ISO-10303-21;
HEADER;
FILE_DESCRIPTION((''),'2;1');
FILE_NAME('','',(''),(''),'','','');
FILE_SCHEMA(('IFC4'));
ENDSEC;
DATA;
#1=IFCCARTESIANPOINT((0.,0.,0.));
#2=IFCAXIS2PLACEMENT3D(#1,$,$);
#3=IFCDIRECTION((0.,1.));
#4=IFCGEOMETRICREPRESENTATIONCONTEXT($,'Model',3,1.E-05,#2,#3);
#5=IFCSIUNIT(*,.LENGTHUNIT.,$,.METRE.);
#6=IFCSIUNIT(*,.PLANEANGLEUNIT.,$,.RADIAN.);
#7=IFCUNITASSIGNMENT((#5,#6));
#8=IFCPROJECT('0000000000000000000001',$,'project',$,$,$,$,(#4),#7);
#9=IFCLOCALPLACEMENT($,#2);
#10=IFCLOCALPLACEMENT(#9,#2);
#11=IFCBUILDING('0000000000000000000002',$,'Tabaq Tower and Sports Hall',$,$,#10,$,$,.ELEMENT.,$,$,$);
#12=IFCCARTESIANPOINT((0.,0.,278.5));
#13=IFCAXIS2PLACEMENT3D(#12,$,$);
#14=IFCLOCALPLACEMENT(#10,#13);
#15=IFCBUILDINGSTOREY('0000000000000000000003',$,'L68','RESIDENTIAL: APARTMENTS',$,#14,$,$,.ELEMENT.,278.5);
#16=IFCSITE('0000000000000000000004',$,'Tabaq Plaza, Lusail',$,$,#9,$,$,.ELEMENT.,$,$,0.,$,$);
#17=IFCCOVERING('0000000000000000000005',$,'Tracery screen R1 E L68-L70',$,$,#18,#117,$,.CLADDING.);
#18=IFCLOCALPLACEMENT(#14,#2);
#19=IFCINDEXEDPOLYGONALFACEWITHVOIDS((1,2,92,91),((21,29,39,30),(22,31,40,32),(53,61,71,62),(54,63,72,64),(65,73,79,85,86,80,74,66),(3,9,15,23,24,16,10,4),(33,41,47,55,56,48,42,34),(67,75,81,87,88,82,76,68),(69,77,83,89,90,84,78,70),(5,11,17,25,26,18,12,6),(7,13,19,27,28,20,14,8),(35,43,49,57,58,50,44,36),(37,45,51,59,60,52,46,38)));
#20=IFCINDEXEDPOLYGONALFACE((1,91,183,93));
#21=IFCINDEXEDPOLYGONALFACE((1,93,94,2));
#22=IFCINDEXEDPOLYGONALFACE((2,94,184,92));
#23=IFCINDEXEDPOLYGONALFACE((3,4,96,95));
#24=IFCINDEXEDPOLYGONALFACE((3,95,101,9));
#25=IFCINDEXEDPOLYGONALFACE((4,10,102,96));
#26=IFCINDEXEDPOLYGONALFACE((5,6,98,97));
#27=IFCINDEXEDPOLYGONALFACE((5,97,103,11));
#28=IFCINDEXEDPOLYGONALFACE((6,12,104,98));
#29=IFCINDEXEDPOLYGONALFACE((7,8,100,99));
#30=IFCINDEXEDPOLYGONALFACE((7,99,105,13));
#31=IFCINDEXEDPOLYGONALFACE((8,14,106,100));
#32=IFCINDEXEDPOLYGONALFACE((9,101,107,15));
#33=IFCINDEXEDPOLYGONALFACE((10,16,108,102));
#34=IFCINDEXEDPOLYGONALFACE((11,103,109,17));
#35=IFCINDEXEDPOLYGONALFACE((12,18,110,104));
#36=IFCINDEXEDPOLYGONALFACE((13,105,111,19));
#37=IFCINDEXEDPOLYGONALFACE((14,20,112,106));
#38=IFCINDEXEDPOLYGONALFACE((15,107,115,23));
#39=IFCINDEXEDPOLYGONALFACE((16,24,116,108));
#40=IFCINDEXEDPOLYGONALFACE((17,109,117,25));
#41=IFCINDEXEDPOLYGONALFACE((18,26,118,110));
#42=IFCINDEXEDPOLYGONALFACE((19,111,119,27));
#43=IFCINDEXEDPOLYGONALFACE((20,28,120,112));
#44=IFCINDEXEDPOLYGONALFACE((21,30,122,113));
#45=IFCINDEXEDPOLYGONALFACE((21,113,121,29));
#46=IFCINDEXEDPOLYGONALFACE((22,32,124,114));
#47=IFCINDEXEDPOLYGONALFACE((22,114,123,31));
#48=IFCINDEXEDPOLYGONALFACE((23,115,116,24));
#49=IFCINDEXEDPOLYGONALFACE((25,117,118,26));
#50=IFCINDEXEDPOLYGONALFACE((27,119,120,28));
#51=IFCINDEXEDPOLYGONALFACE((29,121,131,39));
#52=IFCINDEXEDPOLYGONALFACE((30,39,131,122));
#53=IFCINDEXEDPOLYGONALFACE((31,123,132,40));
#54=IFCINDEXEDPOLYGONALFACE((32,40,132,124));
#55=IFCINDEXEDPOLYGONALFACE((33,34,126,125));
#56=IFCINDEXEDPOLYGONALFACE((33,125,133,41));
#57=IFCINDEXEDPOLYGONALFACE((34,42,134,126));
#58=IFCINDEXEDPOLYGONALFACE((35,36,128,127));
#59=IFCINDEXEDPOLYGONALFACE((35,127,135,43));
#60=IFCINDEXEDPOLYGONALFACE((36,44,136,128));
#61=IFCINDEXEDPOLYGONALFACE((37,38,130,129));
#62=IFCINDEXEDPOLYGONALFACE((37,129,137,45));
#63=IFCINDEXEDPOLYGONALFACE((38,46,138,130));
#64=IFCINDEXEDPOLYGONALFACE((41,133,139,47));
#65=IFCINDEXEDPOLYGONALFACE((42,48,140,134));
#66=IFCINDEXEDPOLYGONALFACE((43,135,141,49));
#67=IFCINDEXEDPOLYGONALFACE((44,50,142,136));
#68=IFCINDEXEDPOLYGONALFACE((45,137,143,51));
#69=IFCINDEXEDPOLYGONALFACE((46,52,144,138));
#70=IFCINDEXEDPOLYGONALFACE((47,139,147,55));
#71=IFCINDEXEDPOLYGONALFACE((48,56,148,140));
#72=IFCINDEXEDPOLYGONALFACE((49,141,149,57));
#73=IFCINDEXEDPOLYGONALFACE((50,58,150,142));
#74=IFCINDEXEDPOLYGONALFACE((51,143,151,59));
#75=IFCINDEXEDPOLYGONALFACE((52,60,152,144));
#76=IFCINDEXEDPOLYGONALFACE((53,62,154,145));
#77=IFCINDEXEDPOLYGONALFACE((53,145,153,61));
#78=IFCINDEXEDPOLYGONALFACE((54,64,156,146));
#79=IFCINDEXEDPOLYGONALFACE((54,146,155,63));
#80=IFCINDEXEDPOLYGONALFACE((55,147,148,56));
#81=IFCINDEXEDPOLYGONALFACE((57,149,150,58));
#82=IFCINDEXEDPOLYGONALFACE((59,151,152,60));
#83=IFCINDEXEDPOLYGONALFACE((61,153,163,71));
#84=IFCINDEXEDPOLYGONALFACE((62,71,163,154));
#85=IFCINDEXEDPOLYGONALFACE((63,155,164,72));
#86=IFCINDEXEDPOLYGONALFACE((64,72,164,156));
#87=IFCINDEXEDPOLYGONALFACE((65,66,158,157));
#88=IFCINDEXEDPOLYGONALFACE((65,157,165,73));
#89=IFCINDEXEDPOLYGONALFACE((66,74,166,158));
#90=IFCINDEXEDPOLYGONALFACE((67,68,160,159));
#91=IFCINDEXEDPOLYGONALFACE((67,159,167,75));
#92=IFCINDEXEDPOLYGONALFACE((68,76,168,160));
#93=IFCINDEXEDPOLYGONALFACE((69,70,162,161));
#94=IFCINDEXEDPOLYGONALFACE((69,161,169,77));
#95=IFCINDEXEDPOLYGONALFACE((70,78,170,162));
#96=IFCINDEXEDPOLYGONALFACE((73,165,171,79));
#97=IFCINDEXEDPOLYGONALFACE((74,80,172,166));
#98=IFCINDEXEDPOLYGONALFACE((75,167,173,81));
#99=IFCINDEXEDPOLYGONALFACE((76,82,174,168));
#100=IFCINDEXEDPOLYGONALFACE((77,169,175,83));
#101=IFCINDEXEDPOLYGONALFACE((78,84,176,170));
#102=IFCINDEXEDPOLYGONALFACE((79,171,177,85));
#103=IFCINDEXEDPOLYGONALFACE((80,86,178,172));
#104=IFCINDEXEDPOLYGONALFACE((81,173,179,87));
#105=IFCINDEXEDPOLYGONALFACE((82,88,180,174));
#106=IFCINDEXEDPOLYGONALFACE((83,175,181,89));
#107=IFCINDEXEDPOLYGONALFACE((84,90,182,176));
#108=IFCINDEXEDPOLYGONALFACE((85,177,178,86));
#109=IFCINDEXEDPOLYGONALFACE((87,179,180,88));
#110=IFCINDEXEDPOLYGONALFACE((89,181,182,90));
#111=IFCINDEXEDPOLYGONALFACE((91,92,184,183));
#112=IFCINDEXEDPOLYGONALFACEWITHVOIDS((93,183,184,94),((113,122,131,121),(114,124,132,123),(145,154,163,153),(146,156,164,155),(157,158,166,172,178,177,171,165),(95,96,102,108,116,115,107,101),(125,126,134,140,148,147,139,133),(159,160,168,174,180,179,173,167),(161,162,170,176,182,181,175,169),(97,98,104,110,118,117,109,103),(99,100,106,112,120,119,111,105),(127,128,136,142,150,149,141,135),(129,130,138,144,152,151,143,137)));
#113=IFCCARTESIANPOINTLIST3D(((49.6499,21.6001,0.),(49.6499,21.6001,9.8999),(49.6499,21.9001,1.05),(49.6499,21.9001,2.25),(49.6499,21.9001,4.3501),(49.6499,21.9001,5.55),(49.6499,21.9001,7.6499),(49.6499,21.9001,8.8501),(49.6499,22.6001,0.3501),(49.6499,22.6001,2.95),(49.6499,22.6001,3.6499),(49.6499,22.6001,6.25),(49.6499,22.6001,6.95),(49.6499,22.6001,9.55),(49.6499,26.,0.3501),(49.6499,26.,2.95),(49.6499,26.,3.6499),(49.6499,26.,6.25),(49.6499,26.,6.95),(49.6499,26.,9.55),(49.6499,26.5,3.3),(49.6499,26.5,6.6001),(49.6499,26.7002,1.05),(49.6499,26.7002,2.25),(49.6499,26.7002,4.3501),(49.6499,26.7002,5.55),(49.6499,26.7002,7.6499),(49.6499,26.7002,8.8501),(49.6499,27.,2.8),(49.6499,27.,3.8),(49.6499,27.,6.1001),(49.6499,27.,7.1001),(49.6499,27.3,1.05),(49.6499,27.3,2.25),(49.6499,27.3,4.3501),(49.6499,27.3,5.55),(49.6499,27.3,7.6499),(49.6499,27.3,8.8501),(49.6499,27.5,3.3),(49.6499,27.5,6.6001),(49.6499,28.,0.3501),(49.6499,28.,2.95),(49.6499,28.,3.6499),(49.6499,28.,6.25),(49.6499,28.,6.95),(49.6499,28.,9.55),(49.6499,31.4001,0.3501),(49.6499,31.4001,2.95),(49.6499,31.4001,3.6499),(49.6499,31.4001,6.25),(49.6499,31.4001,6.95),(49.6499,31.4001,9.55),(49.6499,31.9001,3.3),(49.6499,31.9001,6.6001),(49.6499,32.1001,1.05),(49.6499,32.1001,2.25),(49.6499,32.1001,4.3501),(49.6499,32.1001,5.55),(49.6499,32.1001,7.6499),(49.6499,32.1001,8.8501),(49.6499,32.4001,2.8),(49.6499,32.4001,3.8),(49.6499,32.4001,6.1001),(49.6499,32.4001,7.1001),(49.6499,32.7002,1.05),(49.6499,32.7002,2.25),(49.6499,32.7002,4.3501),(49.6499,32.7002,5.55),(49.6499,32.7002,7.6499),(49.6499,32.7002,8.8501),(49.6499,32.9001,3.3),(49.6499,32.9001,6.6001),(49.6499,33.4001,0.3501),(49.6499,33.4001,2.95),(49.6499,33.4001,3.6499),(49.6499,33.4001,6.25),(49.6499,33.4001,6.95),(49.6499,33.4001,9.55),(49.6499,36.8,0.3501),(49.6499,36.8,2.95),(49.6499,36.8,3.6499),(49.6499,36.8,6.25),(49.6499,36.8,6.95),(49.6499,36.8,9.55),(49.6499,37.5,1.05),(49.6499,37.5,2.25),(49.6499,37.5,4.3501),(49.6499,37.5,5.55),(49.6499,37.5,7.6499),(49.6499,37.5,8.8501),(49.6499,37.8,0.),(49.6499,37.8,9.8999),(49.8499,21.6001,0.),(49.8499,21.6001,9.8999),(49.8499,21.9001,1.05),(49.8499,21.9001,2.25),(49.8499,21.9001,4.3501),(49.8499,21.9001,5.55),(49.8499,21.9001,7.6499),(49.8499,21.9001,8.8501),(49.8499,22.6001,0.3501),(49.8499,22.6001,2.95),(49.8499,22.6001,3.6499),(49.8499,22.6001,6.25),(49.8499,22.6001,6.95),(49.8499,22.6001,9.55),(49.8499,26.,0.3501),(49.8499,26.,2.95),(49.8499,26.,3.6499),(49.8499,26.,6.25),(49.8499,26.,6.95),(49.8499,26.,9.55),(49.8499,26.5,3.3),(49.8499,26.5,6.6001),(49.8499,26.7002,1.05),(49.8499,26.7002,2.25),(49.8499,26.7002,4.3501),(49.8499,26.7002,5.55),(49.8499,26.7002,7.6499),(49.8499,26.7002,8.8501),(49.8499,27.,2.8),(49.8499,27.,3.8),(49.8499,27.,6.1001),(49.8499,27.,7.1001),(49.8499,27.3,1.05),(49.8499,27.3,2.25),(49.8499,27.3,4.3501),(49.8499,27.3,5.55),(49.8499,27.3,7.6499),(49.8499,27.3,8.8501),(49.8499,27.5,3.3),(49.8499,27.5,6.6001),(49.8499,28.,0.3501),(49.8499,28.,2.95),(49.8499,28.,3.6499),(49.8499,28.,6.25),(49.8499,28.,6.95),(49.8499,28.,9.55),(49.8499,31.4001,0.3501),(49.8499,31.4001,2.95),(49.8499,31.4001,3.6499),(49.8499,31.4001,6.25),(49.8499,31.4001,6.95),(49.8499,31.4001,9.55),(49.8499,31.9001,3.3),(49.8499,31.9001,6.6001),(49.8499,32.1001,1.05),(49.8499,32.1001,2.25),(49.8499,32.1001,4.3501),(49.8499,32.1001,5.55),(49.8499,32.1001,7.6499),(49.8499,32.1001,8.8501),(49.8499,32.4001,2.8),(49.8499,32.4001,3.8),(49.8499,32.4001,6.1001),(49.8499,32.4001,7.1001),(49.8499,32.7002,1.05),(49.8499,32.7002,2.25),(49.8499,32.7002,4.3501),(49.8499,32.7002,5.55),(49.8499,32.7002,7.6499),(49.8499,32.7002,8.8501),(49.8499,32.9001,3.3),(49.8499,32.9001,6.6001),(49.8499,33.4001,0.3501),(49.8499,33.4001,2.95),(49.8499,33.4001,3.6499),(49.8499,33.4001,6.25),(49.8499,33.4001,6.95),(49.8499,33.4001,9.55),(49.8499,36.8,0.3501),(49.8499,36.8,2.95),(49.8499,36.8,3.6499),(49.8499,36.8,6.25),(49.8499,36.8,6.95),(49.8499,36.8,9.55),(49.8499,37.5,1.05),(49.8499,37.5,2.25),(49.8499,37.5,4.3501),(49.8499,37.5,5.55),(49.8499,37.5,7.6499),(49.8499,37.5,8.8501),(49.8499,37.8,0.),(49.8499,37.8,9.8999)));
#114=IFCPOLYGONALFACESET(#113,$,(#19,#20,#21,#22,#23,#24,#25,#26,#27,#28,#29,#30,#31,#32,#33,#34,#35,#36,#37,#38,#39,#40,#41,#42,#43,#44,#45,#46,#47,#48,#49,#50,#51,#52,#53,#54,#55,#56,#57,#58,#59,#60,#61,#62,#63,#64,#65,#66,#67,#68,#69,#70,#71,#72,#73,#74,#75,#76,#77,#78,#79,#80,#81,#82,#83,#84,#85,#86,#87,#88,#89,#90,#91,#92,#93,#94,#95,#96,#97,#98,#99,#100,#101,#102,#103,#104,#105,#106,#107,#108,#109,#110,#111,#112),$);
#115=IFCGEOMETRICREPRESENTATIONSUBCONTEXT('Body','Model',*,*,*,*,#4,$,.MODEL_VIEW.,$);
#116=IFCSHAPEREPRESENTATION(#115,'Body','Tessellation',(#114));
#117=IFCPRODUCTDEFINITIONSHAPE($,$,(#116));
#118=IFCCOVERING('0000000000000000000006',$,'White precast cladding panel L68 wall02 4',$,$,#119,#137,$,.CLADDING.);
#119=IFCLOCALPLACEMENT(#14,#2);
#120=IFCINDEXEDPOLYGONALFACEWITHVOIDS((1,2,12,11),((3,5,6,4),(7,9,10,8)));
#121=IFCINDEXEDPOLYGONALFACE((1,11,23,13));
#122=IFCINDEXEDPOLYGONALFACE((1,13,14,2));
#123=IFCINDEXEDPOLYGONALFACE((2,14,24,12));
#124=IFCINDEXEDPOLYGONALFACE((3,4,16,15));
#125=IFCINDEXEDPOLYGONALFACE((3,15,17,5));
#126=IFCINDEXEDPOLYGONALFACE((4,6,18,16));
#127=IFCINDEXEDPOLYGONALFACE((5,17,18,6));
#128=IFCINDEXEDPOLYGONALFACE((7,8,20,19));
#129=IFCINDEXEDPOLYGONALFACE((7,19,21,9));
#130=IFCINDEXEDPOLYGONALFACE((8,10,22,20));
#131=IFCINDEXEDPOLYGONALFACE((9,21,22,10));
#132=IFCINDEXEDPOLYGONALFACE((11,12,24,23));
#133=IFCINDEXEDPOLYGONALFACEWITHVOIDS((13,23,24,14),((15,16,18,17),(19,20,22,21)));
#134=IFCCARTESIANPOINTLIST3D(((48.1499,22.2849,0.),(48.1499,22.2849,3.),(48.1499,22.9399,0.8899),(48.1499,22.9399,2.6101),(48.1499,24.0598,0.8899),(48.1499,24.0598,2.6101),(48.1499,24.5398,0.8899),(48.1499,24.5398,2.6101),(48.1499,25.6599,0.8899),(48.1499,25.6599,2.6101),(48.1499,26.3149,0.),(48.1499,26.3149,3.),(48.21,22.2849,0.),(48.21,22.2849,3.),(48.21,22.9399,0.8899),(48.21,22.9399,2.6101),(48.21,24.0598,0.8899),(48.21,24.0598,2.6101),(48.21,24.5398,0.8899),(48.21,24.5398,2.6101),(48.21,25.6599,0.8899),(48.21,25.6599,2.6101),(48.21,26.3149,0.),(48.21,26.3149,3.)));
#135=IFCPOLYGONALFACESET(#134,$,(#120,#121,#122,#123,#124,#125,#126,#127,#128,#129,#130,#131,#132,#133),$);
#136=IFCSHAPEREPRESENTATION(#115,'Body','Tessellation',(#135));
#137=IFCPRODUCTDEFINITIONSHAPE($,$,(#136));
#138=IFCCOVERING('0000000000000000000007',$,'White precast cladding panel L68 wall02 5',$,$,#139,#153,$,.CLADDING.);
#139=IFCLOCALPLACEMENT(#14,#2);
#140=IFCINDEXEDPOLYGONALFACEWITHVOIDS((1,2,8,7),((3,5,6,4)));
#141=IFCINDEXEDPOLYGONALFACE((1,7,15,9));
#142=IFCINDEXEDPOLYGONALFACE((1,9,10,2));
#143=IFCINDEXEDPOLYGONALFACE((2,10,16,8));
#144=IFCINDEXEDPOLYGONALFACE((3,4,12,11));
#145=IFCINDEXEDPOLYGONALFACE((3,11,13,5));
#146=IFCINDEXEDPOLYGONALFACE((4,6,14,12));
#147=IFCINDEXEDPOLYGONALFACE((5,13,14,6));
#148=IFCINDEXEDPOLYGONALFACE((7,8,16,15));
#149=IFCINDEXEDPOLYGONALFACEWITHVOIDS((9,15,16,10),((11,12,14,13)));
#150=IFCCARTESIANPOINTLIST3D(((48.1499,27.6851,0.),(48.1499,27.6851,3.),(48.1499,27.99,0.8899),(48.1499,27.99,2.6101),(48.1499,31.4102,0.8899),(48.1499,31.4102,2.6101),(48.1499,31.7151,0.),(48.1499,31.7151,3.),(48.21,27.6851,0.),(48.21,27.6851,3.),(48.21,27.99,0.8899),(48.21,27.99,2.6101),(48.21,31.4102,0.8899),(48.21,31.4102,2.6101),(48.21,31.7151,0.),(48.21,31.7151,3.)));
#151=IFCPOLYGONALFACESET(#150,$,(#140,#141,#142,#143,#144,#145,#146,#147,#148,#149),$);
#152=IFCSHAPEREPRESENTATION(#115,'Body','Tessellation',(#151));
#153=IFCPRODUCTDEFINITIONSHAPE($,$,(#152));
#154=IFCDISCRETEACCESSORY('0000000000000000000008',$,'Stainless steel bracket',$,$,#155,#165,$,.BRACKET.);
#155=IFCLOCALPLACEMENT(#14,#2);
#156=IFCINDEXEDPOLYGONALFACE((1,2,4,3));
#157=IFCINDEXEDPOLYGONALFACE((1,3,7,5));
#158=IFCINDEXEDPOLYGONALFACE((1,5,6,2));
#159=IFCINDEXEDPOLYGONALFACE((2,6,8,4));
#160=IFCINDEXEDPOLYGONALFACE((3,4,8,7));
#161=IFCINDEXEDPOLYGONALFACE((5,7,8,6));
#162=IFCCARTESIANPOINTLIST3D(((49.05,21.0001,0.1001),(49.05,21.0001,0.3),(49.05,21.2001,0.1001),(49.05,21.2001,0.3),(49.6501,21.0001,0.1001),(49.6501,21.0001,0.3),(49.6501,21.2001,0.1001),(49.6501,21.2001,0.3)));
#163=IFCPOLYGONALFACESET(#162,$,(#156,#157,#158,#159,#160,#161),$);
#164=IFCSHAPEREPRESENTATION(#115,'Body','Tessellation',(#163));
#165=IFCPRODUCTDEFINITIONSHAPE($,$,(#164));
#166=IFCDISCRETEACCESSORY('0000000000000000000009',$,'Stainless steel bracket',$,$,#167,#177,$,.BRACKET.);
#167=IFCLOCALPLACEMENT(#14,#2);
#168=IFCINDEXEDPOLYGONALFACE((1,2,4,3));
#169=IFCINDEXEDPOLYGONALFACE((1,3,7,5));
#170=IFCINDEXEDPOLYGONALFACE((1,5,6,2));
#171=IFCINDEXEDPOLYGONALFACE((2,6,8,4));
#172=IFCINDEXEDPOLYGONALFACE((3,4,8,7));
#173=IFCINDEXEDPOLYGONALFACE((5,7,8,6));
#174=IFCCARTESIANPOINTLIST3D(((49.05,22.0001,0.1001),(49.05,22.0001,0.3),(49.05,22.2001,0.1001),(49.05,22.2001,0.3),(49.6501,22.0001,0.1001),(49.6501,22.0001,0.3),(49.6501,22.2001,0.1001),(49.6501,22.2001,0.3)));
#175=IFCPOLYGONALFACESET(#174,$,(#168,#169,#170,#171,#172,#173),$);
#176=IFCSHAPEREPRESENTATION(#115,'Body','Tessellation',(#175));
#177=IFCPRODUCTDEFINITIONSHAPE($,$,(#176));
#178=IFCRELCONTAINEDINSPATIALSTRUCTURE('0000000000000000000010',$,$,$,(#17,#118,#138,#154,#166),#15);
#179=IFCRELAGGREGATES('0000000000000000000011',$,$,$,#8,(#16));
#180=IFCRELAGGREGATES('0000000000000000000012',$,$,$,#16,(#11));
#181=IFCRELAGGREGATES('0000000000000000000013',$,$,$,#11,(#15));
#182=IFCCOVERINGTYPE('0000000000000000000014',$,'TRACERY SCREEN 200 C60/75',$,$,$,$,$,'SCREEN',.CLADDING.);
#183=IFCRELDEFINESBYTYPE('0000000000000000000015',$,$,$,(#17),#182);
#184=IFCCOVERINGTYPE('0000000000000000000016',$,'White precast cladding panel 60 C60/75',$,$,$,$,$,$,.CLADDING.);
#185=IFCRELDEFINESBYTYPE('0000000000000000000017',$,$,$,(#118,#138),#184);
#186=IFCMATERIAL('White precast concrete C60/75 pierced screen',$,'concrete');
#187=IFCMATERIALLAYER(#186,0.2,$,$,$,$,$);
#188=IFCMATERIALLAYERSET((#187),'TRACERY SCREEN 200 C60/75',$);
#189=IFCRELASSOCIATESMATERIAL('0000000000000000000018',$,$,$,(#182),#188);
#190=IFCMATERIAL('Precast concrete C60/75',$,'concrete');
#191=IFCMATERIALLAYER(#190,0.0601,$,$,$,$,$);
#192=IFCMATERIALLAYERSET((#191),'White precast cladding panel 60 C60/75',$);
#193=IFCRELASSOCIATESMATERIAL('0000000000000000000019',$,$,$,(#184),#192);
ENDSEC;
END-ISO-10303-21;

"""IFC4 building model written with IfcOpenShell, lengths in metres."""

from ifc_helpers import new_model, si_unit, direction, frame, origin, origin_2d, place, context, subcontext, project, spatial, polyline, rectangle, outline, extrude, material, layer, layer_set, type_object, element, save


model = new_model("IFC4")

# Units and contexts
model_context = context("Model", 3, precision=1e-05, world=origin(), true_north=direction((0.0, 1.0)))
body_context = subcontext(model_context, "Body", "Model", "MODEL_VIEW")
ifc_project = project(units=[si_unit("LENGTHUNIT", "METRE"), si_unit("PLANEANGLEUNIT", "RADIAN")], contexts=[model_context])

# Site, building, storey
site_placement = place(None, origin())
site = spatial("IfcSite", under=ifc_project, at=site_placement, Name="Tabaq Plaza, Lusail", CompositionType="ELEMENT", RefElevation=0.0)
building_placement = place(site_placement, origin())
building = spatial("IfcBuilding", under=site, at=building_placement, Name="Tabaq Tower and Sports Hall", CompositionType="ELEMENT")
storey_placement = place(building_placement, frame((0.0, 0.0, 278.5)))
storey = spatial("IfcBuildingStorey", under=building, at=storey_placement, Name="L68", Description="RESIDENTIAL: APARTMENTS", CompositionType="ELEMENT", Elevation=278.5)

# Coverings
ifc_material_1 = material(Name="White precast concrete C60/75 pierced screen", Category="concrete")
ifc_layer_1 = layer(ifc_material_1, 0.2)
ifc_layer_set_1 = layer_set([ifc_layer_1], Name="TRACERY SCREEN 200 C60/75")
covering_type_1 = type_object("IfcCoveringType", Name="TRACERY SCREEN 200 C60/75", ElementType="SCREEN", PredefinedType="CLADDING", material=ifc_layer_set_1)
covering_1_placement = place(storey_placement, frame((49.75, 21.6001, 0.0), z_axis=(0.0, 0.0, 1.0), x_axis=(0.0, 1.0, 0.0)))
element("IfcCovering", 1, at=covering_1_placement, inside=storey, type_object=covering_type_1, Name="Tracery screen R1 E L68-L70", PredefinedType="CLADDING", context=body_context, shape_type="SweptSolid", body=[
    extrude(outline(polyline([(0.0, 0.0), (16.2, 0.0), (16.2, 9.8999), (0.0, 9.8999), (0.0, 0.0)]), holes=[polyline([(1.0, 0.3501), (4.3999, 0.3501), (5.1001, 1.05), (5.1001, 2.25), (4.3999, 2.95), (1.0, 2.95), (0.3, 2.25), (0.3, 1.05), (1.0, 0.3501)]), polyline([(6.3999, 0.3501), (9.8, 0.3501), (10.5, 1.05), (10.5, 2.25), (9.8, 2.95), (6.3999, 2.95), (5.7, 2.25), (5.7, 1.05), (6.3999, 0.3501)]), polyline([(11.8, 0.3501), (15.2, 0.3501), (15.8999, 1.05), (15.8999, 2.25), (15.2, 2.95), (11.8, 2.95), (11.1001, 2.25), (11.1001, 1.05), (11.8, 0.3501)]), polyline([(1.0, 3.6499), (4.3999, 3.6499), (5.1001, 4.3501), (5.1001, 5.55), (4.3999, 6.25), (1.0, 6.25), (0.3, 5.55), (0.3, 4.3501), (1.0, 3.6499)]), polyline([(6.3999, 3.6499), (9.8, 3.6499), (10.5, 4.3501), (10.5, 5.55), (9.8, 6.25), (6.3999, 6.25), (5.7, 5.55), (5.7, 4.3501), (6.3999, 3.6499)]), polyline([(11.8, 3.6499), (15.2, 3.6499), (15.8999, 4.3501), (15.8999, 5.55), (15.2, 6.25), (11.8, 6.25), (11.1001, 5.55), (11.1001, 4.3501), (11.8, 3.6499)]), polyline([(1.0, 6.95), (4.3999, 6.95), (5.1001, 7.6499), (5.1001, 8.8501), (4.3999, 9.55), (1.0, 9.55), (0.3, 8.8501), (0.3, 7.6499), (1.0, 6.95)]), polyline([(6.3999, 6.95), (9.8, 6.95), (10.5, 7.6499), (10.5, 8.8501), (9.8, 9.55), (6.3999, 9.55), (5.7, 8.8501), (5.7, 7.6499), (6.3999, 6.95)]), polyline([(11.8, 6.95), (15.2, 6.95), (15.8999, 7.6499), (15.8999, 8.8501), (15.2, 9.55), (11.8, 9.55), (11.1001, 8.8501), (11.1001, 7.6499), (11.8, 6.95)]), polyline([(5.8999, 3.3), (5.3999, 3.8), (4.8999, 3.3), (5.3999, 2.8), (5.8999, 3.3)]), polyline([(11.3, 3.3), (10.8, 3.8), (10.3, 3.3), (10.8, 2.8), (11.3, 3.3)]), polyline([(5.8999, 6.6001), (5.3999, 7.1001), (4.8999, 6.6001), (5.3999, 6.1001), (5.8999, 6.6001)]), polyline([(11.3, 6.6001), (10.8, 7.1001), (10.3, 6.6001), (10.8, 6.1001), (11.3, 6.6001)])]), frame((0.0, 0.1001, 0.0), z_axis=(0.0, -1.0, 0.0), x_axis=(1.0, 0.0, 0.0)), (0.0, 0.0, 1.0), 0.2),
])
ifc_material_2 = material(Name="Precast concrete C60/75", Category="concrete")
ifc_layer_2 = layer(ifc_material_2, 0.0601)
ifc_layer_set_2 = layer_set([ifc_layer_2], Name="White precast cladding panel 60 C60/75")
covering_type_2 = type_object("IfcCoveringType", Name="White precast cladding panel 60 C60/75", PredefinedType="CLADDING", material=ifc_layer_set_2)
covering_2_placement = place(storey_placement, frame((48.1799, 22.2849, 0.0), z_axis=(0.0, 0.0, 1.0), x_axis=(0.0, 1.0, 0.0)))
element("IfcCovering", 2, at=covering_2_placement, inside=storey, type_object=covering_type_2, Name="White precast cladding panel L68 wall02 4", PredefinedType="CLADDING", context=body_context, shape_type="SweptSolid", body=[
    extrude(outline(polyline([(0.0, 0.0), (4.03, 0.0), (4.03, 3.0), (0.0, 3.0), (0.0, 0.0)]), holes=[polyline([(0.655, 2.6101), (1.7749, 2.6101), (1.7749, 0.8899), (0.655, 0.8899), (0.655, 2.6101)]), polyline([(2.2549, 2.6101), (3.375, 2.6101), (3.375, 0.8899), (2.2549, 0.8899), (2.2549, 2.6101)])]), frame((0.0, 0.03, 0.0), z_axis=(0.0, -1.0, 0.0), x_axis=(1.0, 0.0, 0.0)), (0.0, 0.0, 1.0), 0.0601),
])
covering_3_placement = place(storey_placement, frame((48.1799, 27.6851, 0.0), z_axis=(0.0, 0.0, 1.0), x_axis=(0.0, 1.0, 0.0)))
element("IfcCovering", 3, at=covering_3_placement, inside=storey, type_object=covering_type_2, Name="White precast cladding panel L68 wall02 5", PredefinedType="CLADDING", context=body_context, shape_type="SweptSolid", body=[
    extrude(outline(polyline([(0.0, 0.0), (4.03, 0.0), (4.03, 3.0), (0.0, 3.0), (0.0, 0.0)]), holes=[polyline([(0.3049, 0.8899), (0.3049, 2.6101), (3.7251, 2.6101), (3.7251, 0.8899), (0.3049, 0.8899)])]), frame((0.0, 0.03, 0.0), z_axis=(0.0, -1.0, 0.0), x_axis=(1.0, 0.0, 0.0)), (0.0, 0.0, 1.0), 0.0601),
])

# Discrete accessories
for number, where, z_axis, x_axis, name in (
    (4, (49.3501, 21.1001, 0.1001), (0.0, 0.0, 1.0), (1.0, 0.0, 0.0), "Stainless steel bracket"),
    (5, (49.3501, 22.1001, 0.1001), (0.0, 0.0, 1.0), (1.0, 0.0, 0.0), "Stainless steel bracket"),
):
    element("IfcDiscreteAccessory", number, at=place(storey_placement, frame(where, z_axis=z_axis, x_axis=x_axis)), inside=storey, Name=name, PredefinedType="BRACKET", context=body_context, shape_type="SweptSolid", body=[
        extrude(rectangle(XDim=0.6001, YDim=0.2, at=origin_2d()), origin(), (0.0, 0.0, 1.0), 0.2),
    ])

save(model, "model.ifc")
